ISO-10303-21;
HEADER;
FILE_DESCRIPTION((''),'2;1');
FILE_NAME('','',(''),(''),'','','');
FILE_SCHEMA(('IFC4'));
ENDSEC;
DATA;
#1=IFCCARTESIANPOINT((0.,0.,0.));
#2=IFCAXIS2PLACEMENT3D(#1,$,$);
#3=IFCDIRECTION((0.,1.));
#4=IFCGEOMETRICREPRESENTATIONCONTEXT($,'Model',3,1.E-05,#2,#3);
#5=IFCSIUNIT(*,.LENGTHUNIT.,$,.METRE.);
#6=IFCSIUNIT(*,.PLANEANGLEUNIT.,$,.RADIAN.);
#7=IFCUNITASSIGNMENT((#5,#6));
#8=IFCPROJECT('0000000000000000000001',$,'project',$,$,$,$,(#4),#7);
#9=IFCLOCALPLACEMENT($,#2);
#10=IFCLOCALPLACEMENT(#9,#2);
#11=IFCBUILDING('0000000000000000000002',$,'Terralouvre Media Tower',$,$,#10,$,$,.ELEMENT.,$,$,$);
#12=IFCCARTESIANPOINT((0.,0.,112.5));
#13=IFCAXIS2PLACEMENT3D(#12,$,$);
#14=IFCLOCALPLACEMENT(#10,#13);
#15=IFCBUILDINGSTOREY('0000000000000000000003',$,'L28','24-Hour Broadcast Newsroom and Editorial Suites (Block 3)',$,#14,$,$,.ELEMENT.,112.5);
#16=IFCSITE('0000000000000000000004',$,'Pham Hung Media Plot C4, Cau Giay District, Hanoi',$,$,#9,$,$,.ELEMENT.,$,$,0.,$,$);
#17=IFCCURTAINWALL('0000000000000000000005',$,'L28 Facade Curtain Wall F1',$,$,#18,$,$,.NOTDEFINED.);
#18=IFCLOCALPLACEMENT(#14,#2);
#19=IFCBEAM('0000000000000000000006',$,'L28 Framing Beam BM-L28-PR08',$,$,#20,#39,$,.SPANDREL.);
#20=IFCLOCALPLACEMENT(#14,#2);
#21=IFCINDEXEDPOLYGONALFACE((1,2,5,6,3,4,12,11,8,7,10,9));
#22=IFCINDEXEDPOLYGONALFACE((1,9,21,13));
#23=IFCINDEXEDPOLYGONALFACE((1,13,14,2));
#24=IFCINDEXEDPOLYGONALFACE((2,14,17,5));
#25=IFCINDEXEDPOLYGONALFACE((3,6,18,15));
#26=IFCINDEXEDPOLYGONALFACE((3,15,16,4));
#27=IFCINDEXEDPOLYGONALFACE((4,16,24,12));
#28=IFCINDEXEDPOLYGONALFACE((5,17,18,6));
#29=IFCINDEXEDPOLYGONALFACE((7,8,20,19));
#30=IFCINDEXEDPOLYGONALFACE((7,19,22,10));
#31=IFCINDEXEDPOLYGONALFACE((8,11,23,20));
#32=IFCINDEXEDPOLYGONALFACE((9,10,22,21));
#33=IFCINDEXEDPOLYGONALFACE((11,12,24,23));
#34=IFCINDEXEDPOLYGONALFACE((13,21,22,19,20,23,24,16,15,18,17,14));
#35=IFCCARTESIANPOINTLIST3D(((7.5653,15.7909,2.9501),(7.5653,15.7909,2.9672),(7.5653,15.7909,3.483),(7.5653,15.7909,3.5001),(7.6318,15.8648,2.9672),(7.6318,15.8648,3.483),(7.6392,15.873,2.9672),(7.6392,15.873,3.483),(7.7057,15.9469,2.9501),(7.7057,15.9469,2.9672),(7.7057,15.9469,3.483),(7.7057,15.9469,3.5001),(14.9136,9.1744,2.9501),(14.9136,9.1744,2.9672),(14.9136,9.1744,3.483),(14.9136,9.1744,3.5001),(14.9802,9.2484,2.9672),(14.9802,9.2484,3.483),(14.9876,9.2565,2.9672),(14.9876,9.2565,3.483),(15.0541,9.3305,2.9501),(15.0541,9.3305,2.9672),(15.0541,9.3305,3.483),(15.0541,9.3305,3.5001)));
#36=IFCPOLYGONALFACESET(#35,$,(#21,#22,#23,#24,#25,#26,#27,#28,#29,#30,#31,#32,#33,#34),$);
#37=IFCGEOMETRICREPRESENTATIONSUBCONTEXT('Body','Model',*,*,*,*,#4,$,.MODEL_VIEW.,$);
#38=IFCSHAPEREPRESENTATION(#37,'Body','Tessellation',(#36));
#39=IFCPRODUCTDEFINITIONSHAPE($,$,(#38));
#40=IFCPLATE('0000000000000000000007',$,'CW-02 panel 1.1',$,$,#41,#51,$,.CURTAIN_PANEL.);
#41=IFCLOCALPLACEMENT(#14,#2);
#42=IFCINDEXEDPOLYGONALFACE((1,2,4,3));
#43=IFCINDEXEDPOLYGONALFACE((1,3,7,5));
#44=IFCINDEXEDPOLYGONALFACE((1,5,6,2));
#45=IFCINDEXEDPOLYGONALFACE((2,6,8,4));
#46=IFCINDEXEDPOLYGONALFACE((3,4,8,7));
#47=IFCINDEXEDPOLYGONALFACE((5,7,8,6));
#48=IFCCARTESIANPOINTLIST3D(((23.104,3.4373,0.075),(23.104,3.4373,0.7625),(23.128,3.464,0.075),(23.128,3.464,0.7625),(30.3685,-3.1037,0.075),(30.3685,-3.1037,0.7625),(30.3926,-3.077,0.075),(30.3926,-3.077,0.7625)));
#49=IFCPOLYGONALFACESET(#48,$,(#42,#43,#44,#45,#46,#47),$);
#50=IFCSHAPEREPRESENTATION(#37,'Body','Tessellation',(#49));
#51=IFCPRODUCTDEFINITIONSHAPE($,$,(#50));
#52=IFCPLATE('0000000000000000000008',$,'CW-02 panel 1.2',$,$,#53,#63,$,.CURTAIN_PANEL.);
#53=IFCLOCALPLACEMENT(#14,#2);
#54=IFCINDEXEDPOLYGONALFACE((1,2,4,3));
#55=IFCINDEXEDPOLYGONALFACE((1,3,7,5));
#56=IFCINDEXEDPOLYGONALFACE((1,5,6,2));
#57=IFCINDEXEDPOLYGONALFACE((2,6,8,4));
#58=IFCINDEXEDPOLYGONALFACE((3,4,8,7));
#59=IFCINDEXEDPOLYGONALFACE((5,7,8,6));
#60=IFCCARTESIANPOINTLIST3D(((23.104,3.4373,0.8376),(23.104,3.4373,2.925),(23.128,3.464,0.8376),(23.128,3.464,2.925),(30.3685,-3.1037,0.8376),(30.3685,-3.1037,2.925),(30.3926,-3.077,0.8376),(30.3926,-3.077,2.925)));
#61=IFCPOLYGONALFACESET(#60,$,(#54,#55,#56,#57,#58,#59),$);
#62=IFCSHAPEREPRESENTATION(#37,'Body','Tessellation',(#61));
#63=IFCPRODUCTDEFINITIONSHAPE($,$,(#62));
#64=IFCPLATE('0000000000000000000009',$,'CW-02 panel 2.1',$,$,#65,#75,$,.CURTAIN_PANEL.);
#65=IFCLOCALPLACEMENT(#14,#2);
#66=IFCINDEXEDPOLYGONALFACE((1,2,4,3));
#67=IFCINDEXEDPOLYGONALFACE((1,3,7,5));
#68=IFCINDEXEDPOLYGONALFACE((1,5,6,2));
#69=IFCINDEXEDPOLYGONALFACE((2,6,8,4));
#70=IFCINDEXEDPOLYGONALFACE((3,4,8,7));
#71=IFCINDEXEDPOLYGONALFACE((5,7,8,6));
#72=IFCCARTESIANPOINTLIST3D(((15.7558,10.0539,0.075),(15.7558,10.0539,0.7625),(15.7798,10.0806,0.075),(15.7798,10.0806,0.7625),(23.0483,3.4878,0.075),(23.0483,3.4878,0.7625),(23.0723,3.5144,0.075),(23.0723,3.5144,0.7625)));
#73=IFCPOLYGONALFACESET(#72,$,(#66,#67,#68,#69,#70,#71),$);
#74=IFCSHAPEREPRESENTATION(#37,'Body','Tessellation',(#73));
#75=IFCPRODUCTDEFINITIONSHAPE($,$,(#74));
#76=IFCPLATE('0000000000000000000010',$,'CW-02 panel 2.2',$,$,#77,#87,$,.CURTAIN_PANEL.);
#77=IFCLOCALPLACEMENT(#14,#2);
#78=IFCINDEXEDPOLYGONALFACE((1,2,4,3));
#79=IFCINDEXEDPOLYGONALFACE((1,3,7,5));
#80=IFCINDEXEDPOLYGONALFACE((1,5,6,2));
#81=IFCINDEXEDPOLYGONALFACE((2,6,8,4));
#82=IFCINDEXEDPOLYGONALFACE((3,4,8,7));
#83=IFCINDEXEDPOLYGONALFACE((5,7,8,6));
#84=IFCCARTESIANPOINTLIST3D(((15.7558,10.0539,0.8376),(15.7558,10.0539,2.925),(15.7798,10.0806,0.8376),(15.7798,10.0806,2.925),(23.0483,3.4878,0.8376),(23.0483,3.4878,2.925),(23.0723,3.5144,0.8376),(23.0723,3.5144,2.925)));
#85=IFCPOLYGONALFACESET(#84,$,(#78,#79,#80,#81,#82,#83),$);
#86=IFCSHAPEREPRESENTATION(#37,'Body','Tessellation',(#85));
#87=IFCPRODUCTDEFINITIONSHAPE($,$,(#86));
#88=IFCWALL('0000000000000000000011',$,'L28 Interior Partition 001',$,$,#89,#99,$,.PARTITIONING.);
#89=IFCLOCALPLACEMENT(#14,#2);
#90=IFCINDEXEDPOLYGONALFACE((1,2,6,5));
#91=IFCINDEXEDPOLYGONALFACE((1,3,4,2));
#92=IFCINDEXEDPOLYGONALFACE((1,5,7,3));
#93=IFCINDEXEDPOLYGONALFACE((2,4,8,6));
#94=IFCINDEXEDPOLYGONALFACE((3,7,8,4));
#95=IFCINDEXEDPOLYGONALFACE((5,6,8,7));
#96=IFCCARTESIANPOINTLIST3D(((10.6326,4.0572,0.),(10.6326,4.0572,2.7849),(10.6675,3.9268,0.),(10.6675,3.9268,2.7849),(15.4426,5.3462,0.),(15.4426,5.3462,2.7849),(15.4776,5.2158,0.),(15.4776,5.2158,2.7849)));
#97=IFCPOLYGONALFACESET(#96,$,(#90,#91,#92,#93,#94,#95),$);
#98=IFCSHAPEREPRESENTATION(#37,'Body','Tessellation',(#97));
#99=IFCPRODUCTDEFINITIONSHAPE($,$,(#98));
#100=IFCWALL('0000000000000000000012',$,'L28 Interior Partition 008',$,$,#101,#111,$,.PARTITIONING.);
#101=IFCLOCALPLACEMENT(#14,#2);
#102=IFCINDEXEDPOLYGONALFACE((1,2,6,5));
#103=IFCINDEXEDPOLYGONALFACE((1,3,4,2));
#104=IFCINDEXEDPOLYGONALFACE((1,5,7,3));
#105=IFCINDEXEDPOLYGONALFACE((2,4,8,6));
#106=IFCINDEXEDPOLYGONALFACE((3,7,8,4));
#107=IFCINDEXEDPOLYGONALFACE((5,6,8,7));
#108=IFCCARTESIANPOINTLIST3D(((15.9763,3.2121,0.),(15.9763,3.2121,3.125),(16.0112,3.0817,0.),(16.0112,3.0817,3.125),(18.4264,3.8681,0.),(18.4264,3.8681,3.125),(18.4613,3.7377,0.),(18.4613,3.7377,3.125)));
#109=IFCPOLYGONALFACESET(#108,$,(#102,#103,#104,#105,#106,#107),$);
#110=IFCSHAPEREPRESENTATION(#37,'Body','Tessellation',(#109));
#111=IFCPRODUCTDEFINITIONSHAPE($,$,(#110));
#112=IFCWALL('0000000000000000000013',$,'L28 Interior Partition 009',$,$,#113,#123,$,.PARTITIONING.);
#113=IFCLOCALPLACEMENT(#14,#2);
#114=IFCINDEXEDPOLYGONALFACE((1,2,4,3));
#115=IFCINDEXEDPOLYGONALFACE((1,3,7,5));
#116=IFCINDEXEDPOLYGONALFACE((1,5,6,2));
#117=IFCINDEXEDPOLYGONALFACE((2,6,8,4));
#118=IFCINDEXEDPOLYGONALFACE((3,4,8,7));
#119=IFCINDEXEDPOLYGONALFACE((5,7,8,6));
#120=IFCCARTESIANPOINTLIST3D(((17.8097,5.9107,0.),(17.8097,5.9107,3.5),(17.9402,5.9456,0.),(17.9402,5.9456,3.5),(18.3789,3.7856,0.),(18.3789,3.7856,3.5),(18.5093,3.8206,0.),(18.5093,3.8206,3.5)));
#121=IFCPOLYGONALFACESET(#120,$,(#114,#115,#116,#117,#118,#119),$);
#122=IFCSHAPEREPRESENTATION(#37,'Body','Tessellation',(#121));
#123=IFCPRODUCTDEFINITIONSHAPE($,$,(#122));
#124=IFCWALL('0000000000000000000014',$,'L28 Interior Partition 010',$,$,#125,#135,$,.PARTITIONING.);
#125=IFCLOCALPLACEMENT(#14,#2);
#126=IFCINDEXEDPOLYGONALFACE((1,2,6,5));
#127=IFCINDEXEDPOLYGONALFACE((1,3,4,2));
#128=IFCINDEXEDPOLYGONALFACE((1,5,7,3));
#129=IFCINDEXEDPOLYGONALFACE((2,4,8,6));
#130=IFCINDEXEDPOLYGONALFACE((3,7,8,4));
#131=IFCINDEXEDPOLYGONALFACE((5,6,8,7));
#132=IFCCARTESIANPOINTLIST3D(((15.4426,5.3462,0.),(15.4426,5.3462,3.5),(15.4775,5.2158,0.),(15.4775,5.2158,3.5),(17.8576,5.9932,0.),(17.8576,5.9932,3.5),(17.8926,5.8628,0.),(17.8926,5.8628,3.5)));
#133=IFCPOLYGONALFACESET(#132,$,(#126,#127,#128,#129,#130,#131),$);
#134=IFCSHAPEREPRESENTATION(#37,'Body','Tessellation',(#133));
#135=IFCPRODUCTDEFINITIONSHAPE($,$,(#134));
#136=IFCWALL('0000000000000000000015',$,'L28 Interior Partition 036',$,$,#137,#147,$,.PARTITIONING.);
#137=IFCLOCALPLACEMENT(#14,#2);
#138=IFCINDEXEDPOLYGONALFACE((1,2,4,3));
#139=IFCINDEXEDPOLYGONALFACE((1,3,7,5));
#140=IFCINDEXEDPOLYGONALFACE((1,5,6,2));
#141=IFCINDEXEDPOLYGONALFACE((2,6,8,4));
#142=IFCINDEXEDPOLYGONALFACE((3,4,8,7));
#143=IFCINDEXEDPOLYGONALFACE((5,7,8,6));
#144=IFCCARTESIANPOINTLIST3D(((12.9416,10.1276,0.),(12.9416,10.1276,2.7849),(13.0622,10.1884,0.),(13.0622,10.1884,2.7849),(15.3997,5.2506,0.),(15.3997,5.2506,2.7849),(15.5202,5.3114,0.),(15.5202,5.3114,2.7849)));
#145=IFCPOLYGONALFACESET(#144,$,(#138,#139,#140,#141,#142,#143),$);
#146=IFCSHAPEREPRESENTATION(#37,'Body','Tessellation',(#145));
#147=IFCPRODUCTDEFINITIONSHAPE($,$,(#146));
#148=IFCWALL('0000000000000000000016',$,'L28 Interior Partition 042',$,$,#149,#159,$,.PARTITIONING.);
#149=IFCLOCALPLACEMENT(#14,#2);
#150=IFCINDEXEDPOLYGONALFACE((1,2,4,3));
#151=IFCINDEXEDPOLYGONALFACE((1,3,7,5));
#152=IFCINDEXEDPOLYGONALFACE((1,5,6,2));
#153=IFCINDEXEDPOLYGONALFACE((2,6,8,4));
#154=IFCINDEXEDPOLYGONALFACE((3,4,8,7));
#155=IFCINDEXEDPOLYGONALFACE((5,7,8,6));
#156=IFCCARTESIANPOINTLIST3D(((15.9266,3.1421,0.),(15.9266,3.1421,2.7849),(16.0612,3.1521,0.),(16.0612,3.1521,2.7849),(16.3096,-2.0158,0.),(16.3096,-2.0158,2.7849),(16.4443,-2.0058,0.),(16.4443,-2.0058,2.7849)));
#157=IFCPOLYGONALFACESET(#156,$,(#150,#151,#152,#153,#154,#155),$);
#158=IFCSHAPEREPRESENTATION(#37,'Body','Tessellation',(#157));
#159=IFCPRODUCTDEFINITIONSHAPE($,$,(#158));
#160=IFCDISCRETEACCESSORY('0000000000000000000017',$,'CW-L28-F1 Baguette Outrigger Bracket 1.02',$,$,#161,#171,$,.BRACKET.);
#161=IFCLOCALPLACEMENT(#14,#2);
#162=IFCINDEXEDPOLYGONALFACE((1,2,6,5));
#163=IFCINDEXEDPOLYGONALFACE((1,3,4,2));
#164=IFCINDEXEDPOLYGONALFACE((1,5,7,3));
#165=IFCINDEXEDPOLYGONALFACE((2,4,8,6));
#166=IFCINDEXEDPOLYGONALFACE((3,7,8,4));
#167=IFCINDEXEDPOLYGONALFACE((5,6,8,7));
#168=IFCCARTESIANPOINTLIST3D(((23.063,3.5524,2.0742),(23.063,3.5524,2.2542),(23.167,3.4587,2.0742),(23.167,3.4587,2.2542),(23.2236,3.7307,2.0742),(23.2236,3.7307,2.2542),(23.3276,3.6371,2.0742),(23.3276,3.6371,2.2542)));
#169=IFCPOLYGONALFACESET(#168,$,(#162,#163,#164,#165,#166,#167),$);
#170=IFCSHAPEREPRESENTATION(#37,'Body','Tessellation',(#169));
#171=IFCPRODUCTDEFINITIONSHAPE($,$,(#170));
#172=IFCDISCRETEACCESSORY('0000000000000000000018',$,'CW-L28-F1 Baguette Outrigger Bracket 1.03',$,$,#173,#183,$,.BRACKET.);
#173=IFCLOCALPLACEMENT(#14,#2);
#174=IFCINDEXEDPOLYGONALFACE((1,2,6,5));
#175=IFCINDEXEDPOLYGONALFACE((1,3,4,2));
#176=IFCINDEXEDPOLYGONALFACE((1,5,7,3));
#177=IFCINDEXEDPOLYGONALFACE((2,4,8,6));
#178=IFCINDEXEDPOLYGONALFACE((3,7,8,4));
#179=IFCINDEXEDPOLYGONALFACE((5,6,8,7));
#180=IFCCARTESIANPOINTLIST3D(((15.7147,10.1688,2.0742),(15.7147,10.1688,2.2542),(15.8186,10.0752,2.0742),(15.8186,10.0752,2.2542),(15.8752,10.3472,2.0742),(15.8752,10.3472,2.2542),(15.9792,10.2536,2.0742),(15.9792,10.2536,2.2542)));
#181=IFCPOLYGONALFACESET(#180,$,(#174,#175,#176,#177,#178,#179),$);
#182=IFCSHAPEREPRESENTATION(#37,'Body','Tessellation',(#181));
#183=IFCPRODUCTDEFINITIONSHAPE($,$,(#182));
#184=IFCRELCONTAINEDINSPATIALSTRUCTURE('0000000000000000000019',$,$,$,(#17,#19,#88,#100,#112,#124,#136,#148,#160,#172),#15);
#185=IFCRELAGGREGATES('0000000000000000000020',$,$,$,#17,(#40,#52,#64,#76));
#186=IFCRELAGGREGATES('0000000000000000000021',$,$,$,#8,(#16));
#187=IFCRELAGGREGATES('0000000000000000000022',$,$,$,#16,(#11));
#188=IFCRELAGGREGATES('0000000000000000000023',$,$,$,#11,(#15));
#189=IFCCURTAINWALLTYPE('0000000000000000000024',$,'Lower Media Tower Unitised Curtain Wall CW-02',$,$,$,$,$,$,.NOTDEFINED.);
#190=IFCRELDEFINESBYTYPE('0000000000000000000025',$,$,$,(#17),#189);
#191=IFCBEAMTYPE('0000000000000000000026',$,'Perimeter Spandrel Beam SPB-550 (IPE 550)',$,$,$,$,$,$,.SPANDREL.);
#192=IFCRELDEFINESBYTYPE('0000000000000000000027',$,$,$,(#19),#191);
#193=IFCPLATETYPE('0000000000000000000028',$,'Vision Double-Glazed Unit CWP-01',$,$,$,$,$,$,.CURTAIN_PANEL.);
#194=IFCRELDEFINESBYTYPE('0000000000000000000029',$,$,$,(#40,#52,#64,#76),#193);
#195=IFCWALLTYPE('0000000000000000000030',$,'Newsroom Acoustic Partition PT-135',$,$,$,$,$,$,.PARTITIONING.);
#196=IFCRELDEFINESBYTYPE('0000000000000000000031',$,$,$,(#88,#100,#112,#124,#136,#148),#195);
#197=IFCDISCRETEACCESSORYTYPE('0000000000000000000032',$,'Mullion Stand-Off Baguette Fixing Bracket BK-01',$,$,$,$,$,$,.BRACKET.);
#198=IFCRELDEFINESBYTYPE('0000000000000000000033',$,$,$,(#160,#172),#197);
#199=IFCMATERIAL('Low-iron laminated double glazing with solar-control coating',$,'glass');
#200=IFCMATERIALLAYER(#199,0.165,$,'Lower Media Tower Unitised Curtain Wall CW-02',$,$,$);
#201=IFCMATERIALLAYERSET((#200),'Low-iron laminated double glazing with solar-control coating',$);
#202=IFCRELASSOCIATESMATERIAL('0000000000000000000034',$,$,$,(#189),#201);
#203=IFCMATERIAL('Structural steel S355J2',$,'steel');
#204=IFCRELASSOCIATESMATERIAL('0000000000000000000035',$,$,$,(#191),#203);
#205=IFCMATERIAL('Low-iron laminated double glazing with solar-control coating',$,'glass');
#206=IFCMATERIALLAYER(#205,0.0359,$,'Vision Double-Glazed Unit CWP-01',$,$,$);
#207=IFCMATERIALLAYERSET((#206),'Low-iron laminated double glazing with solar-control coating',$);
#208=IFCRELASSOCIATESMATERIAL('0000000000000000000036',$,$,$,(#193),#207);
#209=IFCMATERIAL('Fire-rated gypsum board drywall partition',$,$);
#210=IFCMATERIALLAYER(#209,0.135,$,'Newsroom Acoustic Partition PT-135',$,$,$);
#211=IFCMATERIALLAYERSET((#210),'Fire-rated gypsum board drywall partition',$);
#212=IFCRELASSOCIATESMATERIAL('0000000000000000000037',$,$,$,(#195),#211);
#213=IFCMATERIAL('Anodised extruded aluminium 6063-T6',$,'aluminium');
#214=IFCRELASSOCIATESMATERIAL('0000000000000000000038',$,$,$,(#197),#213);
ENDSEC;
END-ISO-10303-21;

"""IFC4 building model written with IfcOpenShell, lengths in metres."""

from ifc_helpers import new_model, si_unit, direction, frame, frame_2d, origin, origin_2d, place, context, subcontext, project, spatial, rectangle, i_section, extrude, material, layer, layer_set, material_profile, profile_set, type_object, element, aggregate, save


model = new_model("IFC4")

# Units and contexts
model_context = context("Model", 3, precision=1e-05, world=origin(), true_north=direction((0.0, 1.0)))
body_context = subcontext(model_context, "Body", "Model", "MODEL_VIEW")
ifc_project = project(units=[si_unit("LENGTHUNIT", "METRE"), si_unit("PLANEANGLEUNIT", "RADIAN")], contexts=[model_context])

# Site, building, storey
site_placement = place(None, origin())
site = spatial("IfcSite", under=ifc_project, at=site_placement, Name="Pham Hung Media Plot C4, Cau Giay District, Hanoi", CompositionType="ELEMENT", RefElevation=0.0)
building_placement = place(site_placement, origin())
building = spatial("IfcBuilding", under=site, at=building_placement, Name="Terralouvre Media Tower", CompositionType="ELEMENT")
storey_placement = place(building_placement, frame((0.0, 0.0, 112.5)))
storey = spatial("IfcBuildingStorey", under=building, at=storey_placement, Name="L28", Description="24-Hour Broadcast Newsroom and Editorial Suites (Block 3)", CompositionType="ELEMENT", Elevation=112.5)

# Curtain wall
ifc_material_1 = material(Name="Low-iron laminated double glazing with solar-control coating", Category="glass")
ifc_layer_1 = layer(ifc_material_1, 0.165, Name="Lower Media Tower Unitised Curtain Wall CW-02")
ifc_layer_set_1 = layer_set([ifc_layer_1], Name="Low-iron laminated double glazing with solar-control coating")
curtain_wall_type = type_object("IfcCurtainWallType", Name="Lower Media Tower Unitised Curtain Wall CW-02", PredefinedType="NOTDEFINED", material=ifc_layer_set_1)
curtain_wall_placement = place(storey_placement, origin())
curtain_wall = element("IfcCurtainWall", 1, at=curtain_wall_placement, inside=storey, type_object=curtain_wall_type, Name="L28 Facade Curtain Wall F1", PredefinedType="NOTDEFINED")

# Beam
ifc_material_2 = material(Name="Structural steel S355J2", Category="steel")
ifc_material_profile_1 = material_profile(ifc_material_2, i_section(OverallWidth=0.21, OverallDepth=0.55, WebThickness=0.011, FlangeThickness=0.0171, at=origin_2d()), Name="IPE 550")
ifc_profile_set_1 = profile_set([ifc_material_profile_1], Name="Structural steel S355J2")
beam_type_1 = type_object("IfcBeamType", Name="Perimeter Spandrel Beam SPB-550 (IPE 550)", PredefinedType="SPANDREL", material=ifc_profile_set_1)
beam_1_placement = place(storey_placement, frame((14.9839, 9.2524, 3.2251), z_axis=(-0.743148, 0.669127, 0.0), x_axis=(-0.669127, -0.743148, 0.0)))
element("IfcBeam", 2, at=beam_1_placement, inside=storey, type_object=beam_type_1, Name="L28 Framing Beam BM-L28-PR08", PredefinedType="SPANDREL", context=body_context, shape_type="SweptSolid", body=[
    extrude(i_section(OverallWidth=0.21, OverallDepth=0.55, WebThickness=0.011, FlangeThickness=0.0171, at=origin_2d()), origin(), (0.0, 0.0, 1.0), 9.8882),
])

# Plates
ifc_material_3 = material(Name="Low-iron laminated double glazing with solar-control coating", Category="glass")
ifc_layer_2 = layer(ifc_material_3, 0.0359, Name="Vision Double-Glazed Unit CWP-01")
ifc_layer_set_2 = layer_set([ifc_layer_2], Name="Low-iron laminated double glazing with solar-control coating")
plate_type = type_object("IfcPlateType", Name="Vision Double-Glazed Unit CWP-01", PredefinedType="CURTAIN_PANEL", material=ifc_layer_set_2)
plate_1_placement = place(storey_placement, frame((26.7483, 0.1802, 0.075), z_axis=(0.0, 0.0, 1.0), x_axis=(-0.743145, 0.669131, 0.0)))
plate_1 = element("IfcPlate", 3, at=plate_1_placement, type_object=plate_type, Name="CW-02 panel 1.1", PredefinedType="CURTAIN_PANEL", context=body_context, shape_type="SweptSolid", body=[
    extrude(rectangle(XDim=9.7754, YDim=0.0359, at=origin_2d()), origin(), (0.0, 0.0, 1.0), 0.6875),
])
plate_2_placement = place(storey_placement, frame((26.7483, 0.1802, 0.8376), z_axis=(0.0, 0.0, 1.0), x_axis=(-0.743145, 0.669131, 0.0)))
plate_2 = element("IfcPlate", 4, at=plate_2_placement, type_object=plate_type, Name="CW-02 panel 1.2", PredefinedType="CURTAIN_PANEL", context=body_context, shape_type="SweptSolid", body=[
    extrude(rectangle(XDim=9.7754, YDim=0.0359, at=origin_2d()), origin(), (0.0, 0.0, 1.0), 2.0874),
])
plate_3_placement = place(storey_placement, frame((19.4141, 6.7842, 0.075), z_axis=(0.0, 0.0, 1.0), x_axis=(-0.743145, 0.669131, 0.0)))
plate_3 = element("IfcPlate", 5, at=plate_3_placement, type_object=plate_type, Name="CW-02 panel 2.1", PredefinedType="CURTAIN_PANEL", context=body_context, shape_type="SweptSolid", body=[
    extrude(rectangle(XDim=9.813, YDim=0.0359, at=origin_2d()), origin(), (0.0, 0.0, 1.0), 0.6875),
])
plate_4_placement = place(storey_placement, frame((19.4141, 6.7842, 0.8376), z_axis=(0.0, 0.0, 1.0), x_axis=(-0.743145, 0.669131, 0.0)))
plate_4 = element("IfcPlate", 6, at=plate_4_placement, type_object=plate_type, Name="CW-02 panel 2.2", PredefinedType="CURTAIN_PANEL", context=body_context, shape_type="SweptSolid", body=[
    extrude(rectangle(XDim=9.813, YDim=0.0359, at=origin_2d()), origin(), (0.0, 0.0, 1.0), 2.0874),
])
aggregate(curtain_wall, [plate_1, plate_2, plate_3, plate_4])

# Walls
ifc_material_4 = material(Name="Fire-rated gypsum board drywall partition")
ifc_layer_3 = layer(ifc_material_4, 0.135, Name="Newsroom Acoustic Partition PT-135")
ifc_layer_set_3 = layer_set([ifc_layer_3], Name="Fire-rated gypsum board drywall partition")
wall_type = type_object("IfcWallType", Name="Newsroom Acoustic Partition PT-135", PredefinedType="PARTITIONING", material=ifc_layer_set_3)
wall_1_placement = place(storey_placement, frame((15.46, 5.281, 0.0), z_axis=(0.0, 0.0, 1.0), x_axis=(-0.965915, -0.258859, 0.0)))
element("IfcWall", 7, at=wall_1_placement, inside=storey, type_object=wall_type, Name="L28 Interior Partition 001", PredefinedType="PARTITIONING", context=body_context, shape_type="SweptSolid", body=[
    extrude(rectangle(XDim=4.9797, YDim=0.135, at=frame_2d((2.4897, 0.0))), origin(), (0.0, 0.0, 1.0), 2.7849),
])
wall_2_placement = place(storey_placement, frame((15.9939, 3.147, 0.0), z_axis=(0.0, 0.0, 1.0), x_axis=(0.965977, 0.258627, 0.0)))
element("IfcWall", 8, at=wall_2_placement, inside=storey, type_object=wall_type, Name="L28 Interior Partition 008", PredefinedType="PARTITIONING", context=body_context, shape_type="SweptSolid", body=[
    extrude(rectangle(XDim=2.5364, YDim=0.135, at=frame_2d((1.2681, 0.0))), origin(), (0.0, 0.0, 1.0), 3.125),
])
wall_3_placement = place(storey_placement, frame((18.4441, 3.803, 0.0), z_axis=(0.0, 0.0, 1.0), x_axis=(-0.258692, 0.96596, 0.0)))
element("IfcWall", 9, at=wall_3_placement, inside=storey, type_object=wall_type, Name="L28 Interior Partition 009", PredefinedType="PARTITIONING", context=body_context, shape_type="SweptSolid", body=[
    extrude(rectangle(XDim=2.2, YDim=0.135, at=frame_2d((1.1001, 0.0))), origin(), (0.0, 0.0, 1.0), 3.5),
])
wall_4_placement = place(storey_placement, frame((17.875, 5.928, 0.0), z_axis=(0.0, 0.0, 1.0), x_axis=(-0.965939, -0.258769, 0.0)))
element("IfcWall", 10, at=wall_4_placement, inside=storey, type_object=wall_type, Name="L28 Interior Partition 010", PredefinedType="PARTITIONING", context=body_context, shape_type="SweptSolid", body=[
    extrude(rectangle(XDim=2.5002, YDim=0.135, at=frame_2d((1.25, 0.0))), origin(), (0.0, 0.0, 1.0), 3.5),
])
wall_5_placement = place(storey_placement, frame((15.46, 5.281, 0.0), z_axis=(0.0, 0.0, 1.0), x_axis=(-0.450072, 0.892992, 0.0)))
element("IfcWall", 11, at=wall_5_placement, inside=storey, type_object=wall_type, Name="L28 Interior Partition 036", PredefinedType="PARTITIONING", context=body_context, shape_type="SweptSolid", body=[
    extrude(rectangle(XDim=5.4614, YDim=0.135, at=frame_2d((2.7307, 0.0))), origin(), (0.0, 0.0, 1.0), 2.7849),
])
wall_6_placement = place(storey_placement, frame((15.9939, 3.147, 0.0), z_axis=(0.0, 0.0, 1.0), x_axis=(0.074061, -0.997254, 0.0)))
element("IfcWall", 12, at=wall_6_placement, inside=storey, type_object=wall_type, Name="L28 Interior Partition 042", PredefinedType="PARTITIONING", context=body_context, shape_type="SweptSolid", body=[
    extrude(rectangle(XDim=5.1721, YDim=0.135, at=frame_2d((2.5859, 0.0))), origin(), (0.0, 0.0, 1.0), 2.7849),
])

# Discrete accessories
ifc_material_5 = material(Name="Anodised extruded aluminium 6063-T6", Category="aluminium")
discrete_accessory_type = type_object("IfcDiscreteAccessoryType", Name="Mullion Stand-Off Baguette Fixing Bracket BK-01", PredefinedType="BRACKET", material=ifc_material_5)
for number, where, z_axis, x_axis, name in (
    (13, (23.1953, 3.5947, 2.0742), (0.0, 0.0, 1.0), (-0.743145, 0.669131, 0.0), "CW-L28-F1 Baguette Outrigger Bracket 1.02"),
    (14, (15.8469, 10.2112, 2.0742), (0.0, 0.0, 1.0), (-0.743145, 0.669131, 0.0), "CW-L28-F1 Baguette Outrigger Bracket 1.03"),
):
    element("IfcDiscreteAccessory", number, at=place(storey_placement, frame(where, z_axis=z_axis, x_axis=x_axis)), inside=storey, type_object=discrete_accessory_type, Name=name, PredefinedType="BRACKET", context=body_context, shape_type="SweptSolid", body=[
        extrude(rectangle(XDim=0.1399, YDim=0.24, at=origin_2d()), origin(), (0.0, 0.0, 1.0), 0.1799),
    ])

save(model, "model.ifc")
